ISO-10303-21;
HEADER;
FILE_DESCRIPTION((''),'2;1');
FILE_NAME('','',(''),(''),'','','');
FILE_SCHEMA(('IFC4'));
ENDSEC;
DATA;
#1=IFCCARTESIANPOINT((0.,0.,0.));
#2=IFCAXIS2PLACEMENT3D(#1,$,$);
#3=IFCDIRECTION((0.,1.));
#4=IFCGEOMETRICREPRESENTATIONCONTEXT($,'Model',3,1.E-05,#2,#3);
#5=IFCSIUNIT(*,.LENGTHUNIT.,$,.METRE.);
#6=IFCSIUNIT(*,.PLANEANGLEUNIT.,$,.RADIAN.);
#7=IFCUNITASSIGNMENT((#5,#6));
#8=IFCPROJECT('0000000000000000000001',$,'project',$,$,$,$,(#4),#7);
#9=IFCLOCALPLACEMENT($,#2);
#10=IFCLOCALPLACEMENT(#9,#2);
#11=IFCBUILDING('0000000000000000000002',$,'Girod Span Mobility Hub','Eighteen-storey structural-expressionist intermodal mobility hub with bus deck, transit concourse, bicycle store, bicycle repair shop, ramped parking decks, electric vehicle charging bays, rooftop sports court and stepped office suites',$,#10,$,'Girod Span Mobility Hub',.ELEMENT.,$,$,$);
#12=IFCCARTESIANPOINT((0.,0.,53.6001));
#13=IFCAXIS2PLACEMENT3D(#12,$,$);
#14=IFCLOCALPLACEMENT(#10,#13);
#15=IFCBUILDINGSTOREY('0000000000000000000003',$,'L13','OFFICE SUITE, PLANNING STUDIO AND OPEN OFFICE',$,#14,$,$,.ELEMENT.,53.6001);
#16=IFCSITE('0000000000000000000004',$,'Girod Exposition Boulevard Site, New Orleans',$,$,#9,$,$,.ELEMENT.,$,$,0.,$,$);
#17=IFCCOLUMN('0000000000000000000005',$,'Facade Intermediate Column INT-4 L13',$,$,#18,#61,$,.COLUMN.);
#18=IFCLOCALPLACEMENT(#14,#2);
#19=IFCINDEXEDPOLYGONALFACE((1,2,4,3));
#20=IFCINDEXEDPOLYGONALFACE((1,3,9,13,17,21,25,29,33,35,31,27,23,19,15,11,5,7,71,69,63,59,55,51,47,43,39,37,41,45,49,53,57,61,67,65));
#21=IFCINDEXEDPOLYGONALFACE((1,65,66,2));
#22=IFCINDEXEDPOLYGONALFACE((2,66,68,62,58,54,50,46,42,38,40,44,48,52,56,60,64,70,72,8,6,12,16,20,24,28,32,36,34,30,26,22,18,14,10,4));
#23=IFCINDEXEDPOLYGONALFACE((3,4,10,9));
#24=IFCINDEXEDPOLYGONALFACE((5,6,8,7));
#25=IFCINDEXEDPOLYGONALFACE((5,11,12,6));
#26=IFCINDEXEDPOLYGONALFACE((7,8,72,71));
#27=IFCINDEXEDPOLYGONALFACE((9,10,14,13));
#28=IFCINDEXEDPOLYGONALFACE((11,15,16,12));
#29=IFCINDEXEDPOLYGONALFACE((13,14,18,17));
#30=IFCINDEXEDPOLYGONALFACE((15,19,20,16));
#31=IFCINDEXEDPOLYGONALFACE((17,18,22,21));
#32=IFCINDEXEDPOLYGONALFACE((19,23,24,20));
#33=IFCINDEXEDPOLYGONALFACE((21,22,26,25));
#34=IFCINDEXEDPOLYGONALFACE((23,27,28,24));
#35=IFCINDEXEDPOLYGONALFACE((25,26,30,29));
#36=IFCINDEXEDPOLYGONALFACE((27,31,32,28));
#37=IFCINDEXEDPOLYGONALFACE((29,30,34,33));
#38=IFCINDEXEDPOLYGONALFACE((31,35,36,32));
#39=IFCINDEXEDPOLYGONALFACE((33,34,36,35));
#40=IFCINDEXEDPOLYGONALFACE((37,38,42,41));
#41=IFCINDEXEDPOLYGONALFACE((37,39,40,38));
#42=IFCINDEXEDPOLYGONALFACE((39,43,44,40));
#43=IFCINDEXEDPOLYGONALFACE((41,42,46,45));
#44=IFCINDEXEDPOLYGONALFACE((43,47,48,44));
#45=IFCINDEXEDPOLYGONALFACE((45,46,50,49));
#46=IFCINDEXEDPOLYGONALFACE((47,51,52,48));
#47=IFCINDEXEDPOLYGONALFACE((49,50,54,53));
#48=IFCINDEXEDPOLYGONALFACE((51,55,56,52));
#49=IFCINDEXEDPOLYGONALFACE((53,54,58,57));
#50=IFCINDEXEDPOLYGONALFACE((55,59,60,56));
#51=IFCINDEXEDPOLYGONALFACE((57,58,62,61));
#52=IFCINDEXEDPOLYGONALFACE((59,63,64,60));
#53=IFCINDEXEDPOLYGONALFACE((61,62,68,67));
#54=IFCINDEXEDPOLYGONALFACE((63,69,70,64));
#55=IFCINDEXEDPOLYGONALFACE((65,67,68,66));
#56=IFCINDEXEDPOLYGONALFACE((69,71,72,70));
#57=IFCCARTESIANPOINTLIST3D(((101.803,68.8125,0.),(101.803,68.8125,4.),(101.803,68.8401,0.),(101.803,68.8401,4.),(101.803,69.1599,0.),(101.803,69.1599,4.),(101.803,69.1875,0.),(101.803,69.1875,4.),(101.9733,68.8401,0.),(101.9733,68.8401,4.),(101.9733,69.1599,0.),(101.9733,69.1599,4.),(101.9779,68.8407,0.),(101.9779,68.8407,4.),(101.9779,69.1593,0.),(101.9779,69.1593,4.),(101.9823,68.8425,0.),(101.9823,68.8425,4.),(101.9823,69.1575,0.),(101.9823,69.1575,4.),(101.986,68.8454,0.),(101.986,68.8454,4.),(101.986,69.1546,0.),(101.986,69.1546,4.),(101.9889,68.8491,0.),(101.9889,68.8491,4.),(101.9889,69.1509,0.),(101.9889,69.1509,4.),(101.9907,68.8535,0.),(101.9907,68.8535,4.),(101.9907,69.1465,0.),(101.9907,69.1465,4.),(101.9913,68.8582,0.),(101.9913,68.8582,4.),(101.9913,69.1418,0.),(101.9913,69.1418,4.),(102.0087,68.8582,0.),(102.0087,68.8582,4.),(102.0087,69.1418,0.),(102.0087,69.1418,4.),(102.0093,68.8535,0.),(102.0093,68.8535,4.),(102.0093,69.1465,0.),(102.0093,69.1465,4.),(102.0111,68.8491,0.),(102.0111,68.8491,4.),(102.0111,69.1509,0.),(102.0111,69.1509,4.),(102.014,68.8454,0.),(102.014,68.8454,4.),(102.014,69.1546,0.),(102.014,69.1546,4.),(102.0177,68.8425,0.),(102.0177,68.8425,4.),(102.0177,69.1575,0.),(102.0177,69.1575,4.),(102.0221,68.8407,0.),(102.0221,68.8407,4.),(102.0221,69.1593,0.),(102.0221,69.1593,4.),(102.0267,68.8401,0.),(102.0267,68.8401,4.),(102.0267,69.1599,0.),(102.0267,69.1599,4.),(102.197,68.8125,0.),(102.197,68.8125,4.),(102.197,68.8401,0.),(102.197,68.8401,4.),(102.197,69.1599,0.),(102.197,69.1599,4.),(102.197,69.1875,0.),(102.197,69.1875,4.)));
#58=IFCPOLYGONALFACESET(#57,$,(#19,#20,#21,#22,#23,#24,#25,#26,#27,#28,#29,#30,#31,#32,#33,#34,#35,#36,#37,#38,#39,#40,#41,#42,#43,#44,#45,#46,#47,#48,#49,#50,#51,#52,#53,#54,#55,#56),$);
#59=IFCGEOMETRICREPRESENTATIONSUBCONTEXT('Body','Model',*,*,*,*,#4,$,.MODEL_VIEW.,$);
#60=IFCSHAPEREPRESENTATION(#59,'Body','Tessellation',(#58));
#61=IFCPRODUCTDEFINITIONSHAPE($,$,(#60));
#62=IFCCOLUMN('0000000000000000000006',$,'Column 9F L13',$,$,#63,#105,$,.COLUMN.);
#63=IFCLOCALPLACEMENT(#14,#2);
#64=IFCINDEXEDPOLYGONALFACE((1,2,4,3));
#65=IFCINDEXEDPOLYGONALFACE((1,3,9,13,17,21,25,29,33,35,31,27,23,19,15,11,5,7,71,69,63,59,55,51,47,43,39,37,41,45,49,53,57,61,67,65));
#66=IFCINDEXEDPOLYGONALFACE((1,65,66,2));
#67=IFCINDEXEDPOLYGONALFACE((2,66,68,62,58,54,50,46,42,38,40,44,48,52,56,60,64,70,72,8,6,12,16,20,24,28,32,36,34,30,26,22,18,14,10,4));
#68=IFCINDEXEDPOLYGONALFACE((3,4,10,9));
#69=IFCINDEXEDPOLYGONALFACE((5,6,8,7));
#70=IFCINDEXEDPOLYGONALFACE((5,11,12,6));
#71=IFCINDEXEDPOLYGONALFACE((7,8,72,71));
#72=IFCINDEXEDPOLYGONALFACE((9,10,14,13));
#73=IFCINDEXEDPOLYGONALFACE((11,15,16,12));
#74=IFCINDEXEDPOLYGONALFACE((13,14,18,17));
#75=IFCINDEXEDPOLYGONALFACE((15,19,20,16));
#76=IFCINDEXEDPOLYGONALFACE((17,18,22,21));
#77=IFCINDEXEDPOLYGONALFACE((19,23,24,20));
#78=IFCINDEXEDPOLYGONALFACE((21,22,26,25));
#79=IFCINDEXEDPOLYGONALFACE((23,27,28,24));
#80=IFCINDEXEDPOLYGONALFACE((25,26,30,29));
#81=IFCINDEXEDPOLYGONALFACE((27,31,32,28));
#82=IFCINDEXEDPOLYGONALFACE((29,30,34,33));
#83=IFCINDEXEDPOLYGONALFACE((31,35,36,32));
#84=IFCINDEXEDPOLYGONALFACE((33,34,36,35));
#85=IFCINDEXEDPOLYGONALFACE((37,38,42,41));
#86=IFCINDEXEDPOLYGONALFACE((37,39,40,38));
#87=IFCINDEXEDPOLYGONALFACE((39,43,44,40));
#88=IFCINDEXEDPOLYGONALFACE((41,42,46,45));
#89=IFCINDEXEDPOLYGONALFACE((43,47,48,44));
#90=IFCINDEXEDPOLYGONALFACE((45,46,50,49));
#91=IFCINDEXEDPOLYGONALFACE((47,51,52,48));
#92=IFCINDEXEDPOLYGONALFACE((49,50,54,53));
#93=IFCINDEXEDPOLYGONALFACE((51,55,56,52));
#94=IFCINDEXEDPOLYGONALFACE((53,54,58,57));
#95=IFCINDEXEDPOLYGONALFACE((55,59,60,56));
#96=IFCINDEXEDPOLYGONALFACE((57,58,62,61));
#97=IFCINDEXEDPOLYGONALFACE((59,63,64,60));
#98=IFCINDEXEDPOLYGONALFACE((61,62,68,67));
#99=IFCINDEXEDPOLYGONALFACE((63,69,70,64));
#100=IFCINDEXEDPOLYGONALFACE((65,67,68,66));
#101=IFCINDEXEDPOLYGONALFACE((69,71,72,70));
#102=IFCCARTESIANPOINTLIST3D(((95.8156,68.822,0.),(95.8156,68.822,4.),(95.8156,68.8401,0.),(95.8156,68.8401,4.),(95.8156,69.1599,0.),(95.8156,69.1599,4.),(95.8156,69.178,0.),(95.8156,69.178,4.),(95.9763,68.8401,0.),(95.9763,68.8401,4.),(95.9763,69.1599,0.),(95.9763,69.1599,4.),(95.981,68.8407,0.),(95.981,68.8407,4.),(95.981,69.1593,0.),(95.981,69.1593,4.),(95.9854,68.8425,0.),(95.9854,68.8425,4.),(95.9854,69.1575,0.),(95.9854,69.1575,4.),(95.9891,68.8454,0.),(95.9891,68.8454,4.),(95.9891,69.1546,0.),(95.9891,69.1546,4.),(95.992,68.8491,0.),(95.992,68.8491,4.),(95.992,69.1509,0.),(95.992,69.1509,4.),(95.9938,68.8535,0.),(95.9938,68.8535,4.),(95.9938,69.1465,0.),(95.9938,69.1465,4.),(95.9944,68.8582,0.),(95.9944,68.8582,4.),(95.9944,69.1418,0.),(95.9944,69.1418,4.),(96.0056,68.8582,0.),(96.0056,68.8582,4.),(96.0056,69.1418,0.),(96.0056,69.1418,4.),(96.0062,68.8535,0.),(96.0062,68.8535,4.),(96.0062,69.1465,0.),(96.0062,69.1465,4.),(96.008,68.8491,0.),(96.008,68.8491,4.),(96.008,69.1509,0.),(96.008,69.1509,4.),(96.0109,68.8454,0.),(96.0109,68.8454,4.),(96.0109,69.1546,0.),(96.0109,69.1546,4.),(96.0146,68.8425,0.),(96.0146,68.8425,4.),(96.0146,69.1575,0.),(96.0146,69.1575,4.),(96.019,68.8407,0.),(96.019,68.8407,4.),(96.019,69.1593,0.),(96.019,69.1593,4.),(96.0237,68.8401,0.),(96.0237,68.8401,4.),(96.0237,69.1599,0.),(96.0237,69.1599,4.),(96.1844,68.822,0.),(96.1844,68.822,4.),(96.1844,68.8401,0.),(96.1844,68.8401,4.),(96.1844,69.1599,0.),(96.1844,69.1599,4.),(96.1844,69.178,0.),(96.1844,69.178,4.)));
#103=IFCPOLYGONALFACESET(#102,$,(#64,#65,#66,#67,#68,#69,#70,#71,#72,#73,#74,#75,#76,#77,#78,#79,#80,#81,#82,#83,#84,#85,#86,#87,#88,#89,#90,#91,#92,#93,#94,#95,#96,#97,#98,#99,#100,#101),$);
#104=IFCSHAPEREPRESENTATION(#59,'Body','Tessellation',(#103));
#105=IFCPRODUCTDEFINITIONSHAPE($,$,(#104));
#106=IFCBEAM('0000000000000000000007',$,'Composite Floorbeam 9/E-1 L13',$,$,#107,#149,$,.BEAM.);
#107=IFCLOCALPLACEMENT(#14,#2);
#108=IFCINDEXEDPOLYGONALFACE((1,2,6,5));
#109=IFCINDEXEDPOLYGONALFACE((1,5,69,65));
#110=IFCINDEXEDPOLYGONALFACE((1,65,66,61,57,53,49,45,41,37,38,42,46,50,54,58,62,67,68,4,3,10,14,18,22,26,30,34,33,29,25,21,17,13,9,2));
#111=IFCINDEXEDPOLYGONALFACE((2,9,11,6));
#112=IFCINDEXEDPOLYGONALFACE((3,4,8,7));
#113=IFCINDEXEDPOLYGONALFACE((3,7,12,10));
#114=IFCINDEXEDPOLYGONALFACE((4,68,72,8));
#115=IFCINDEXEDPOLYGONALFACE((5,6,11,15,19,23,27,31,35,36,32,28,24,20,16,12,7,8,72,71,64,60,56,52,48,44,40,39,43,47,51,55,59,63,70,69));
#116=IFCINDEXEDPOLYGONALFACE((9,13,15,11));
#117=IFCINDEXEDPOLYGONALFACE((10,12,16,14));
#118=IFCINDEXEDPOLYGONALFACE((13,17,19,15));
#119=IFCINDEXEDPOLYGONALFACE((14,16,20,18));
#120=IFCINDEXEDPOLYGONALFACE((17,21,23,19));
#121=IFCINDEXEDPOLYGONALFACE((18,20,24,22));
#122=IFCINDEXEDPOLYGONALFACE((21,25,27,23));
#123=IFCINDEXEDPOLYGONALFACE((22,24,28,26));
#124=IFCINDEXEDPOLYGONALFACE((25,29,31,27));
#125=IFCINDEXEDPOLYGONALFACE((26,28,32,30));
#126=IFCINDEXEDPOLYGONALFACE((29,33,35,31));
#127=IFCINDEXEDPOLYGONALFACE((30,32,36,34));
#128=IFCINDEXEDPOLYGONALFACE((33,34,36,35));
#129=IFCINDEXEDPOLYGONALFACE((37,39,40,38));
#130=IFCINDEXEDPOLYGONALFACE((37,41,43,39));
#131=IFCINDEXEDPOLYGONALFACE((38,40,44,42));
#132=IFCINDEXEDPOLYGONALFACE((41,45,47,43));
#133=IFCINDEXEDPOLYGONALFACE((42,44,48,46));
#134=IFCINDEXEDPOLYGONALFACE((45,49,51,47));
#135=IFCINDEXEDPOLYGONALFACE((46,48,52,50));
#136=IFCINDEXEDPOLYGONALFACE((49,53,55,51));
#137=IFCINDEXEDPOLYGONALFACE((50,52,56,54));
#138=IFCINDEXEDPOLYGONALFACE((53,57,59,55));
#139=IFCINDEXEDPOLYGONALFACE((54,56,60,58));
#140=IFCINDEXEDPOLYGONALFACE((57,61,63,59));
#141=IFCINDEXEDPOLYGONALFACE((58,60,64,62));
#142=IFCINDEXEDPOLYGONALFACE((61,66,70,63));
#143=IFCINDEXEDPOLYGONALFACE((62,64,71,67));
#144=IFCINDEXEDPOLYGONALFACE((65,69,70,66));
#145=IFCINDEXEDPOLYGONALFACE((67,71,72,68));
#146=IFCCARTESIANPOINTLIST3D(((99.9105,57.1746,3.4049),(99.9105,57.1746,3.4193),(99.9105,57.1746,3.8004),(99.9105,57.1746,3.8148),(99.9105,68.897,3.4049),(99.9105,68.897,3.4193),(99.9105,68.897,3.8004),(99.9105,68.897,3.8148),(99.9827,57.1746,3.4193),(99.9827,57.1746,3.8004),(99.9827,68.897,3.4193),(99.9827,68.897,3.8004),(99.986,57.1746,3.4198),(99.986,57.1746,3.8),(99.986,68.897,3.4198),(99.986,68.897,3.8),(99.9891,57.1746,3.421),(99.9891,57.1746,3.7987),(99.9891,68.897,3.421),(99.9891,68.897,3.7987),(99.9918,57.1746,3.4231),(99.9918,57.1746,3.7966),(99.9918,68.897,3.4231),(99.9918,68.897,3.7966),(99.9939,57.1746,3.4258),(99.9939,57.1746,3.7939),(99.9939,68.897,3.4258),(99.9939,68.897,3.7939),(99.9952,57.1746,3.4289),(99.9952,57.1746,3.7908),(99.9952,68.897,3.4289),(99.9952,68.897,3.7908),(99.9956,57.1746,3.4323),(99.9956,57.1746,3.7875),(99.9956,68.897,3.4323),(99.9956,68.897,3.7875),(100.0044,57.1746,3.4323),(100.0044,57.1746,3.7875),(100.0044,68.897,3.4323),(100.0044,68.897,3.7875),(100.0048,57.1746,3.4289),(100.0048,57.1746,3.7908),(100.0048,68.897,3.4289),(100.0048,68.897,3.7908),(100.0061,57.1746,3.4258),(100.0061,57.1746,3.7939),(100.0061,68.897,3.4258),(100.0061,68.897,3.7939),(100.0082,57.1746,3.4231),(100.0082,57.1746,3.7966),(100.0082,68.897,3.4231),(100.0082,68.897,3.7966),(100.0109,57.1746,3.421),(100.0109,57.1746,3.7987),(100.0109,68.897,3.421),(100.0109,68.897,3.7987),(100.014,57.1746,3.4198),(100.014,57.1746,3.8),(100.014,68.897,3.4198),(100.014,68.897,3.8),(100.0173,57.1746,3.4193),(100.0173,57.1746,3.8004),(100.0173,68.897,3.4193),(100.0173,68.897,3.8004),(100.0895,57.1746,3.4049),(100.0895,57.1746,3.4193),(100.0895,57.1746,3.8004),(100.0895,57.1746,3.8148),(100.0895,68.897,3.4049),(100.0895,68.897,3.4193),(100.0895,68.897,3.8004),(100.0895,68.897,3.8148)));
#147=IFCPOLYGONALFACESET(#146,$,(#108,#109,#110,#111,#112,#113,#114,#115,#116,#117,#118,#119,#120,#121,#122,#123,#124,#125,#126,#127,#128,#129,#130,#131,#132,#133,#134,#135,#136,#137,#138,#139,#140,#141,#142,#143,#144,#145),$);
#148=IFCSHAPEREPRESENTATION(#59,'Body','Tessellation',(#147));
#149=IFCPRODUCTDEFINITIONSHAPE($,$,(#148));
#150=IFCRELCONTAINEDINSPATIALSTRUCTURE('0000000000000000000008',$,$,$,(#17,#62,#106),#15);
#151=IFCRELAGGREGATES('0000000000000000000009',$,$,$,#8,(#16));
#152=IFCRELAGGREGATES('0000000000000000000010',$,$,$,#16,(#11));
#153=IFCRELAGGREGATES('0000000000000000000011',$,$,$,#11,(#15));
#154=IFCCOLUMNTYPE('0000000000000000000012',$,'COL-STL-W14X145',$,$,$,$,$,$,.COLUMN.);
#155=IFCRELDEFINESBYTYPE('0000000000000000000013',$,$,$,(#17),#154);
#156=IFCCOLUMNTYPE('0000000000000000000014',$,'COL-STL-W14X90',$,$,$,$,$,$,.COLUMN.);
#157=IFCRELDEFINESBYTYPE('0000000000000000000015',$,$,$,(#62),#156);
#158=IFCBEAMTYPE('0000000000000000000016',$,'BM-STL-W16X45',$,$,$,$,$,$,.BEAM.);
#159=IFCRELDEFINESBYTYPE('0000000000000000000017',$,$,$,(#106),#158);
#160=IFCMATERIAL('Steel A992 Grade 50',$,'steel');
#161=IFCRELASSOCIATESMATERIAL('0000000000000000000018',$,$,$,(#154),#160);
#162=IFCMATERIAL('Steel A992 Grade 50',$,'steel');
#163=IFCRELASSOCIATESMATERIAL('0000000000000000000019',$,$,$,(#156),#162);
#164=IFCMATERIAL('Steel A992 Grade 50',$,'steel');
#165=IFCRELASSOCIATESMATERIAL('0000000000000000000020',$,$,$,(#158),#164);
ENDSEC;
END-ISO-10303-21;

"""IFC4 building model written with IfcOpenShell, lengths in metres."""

from ifc_helpers import new_model, si_unit, direction, frame, origin, origin_2d, place, context, subcontext, project, spatial, i_section, extrude, material, material_profile, profile_set, type_object, element, save


model = new_model("IFC4")

# Units and contexts
model_context = context("Model", 3, precision=1e-05, world=origin(), true_north=direction((0.0, 1.0)))
body_context = subcontext(model_context, "Body", "Model", "MODEL_VIEW")
ifc_project = project(units=[si_unit("LENGTHUNIT", "METRE"), si_unit("PLANEANGLEUNIT", "RADIAN")], contexts=[model_context])

# Site, building, storey
site_placement = place(None, origin())
site = spatial("IfcSite", under=ifc_project, at=site_placement, Name="Girod Exposition Boulevard Site, New Orleans", CompositionType="ELEMENT", RefElevation=0.0)
building_placement = place(site_placement, origin())
building = spatial("IfcBuilding", under=site, at=building_placement, Name="Girod Span Mobility Hub", Description="Eighteen-storey structural-expressionist intermodal mobility hub with bus deck, transit concourse, bicycle store, bicycle repair shop, ramped parking decks, electric vehicle charging bays, rooftop sports court and stepped office suites", LongName="Girod Span Mobility Hub", CompositionType="ELEMENT")
storey_placement = place(building_placement, frame((0.0, 0.0, 53.6001)))
storey = spatial("IfcBuildingStorey", under=building, at=storey_placement, Name="L13", Description="OFFICE SUITE, PLANNING STUDIO AND OPEN OFFICE", CompositionType="ELEMENT", Elevation=53.6001)

# Columns
ifc_material_1 = material(Name="Steel A992 Grade 50", Category="steel")
ifc_material_profile_1 = material_profile(ifc_material_1, i_section(OverallWidth=0.394, OverallDepth=0.375, WebThickness=0.0173, FlangeThickness=0.0276, FilletRadius=0.0181, at=origin_2d()), Name="W14X145")
ifc_profile_set_1 = profile_set([ifc_material_profile_1], Name="Steel A992 Grade 50")
column_type_1 = type_object("IfcColumnType", Name="COL-STL-W14X145", PredefinedType="COLUMN", material=ifc_profile_set_1)
column_1_placement = place(storey_placement, frame((102.0, 69.0, 0.0), z_axis=(0.0, 0.0, 1.0), x_axis=(1.0, 0.0, 0.0)))
element("IfcColumn", 1, at=column_1_placement, inside=storey, type_object=column_type_1, Name="Facade Intermediate Column INT-4 L13", PredefinedType="COLUMN", context=body_context, shape_type="SweptSolid", body=[
    extrude(i_section(OverallWidth=0.394, OverallDepth=0.375, WebThickness=0.0173, FlangeThickness=0.0276, FilletRadius=0.0181, at=origin_2d()), origin(), (0.0, 0.0, 1.0), 4.0),
])
ifc_material_2 = material(Name="Steel A992 Grade 50", Category="steel")
ifc_material_profile_2 = material_profile(ifc_material_2, i_section(OverallWidth=0.3689, OverallDepth=0.356, WebThickness=0.0112, FlangeThickness=0.0181, FilletRadius=0.0181, at=origin_2d()), Name="W14X90")
ifc_profile_set_2 = profile_set([ifc_material_profile_2], Name="Steel A992 Grade 50")
column_type_2 = type_object("IfcColumnType", Name="COL-STL-W14X90", PredefinedType="COLUMN", material=ifc_profile_set_2)
column_2_placement = place(storey_placement, frame((96.0, 69.0, 0.0), z_axis=(0.0, 0.0, 1.0), x_axis=(1.0, 0.0, 0.0)))
element("IfcColumn", 2, at=column_2_placement, inside=storey, type_object=column_type_2, Name="Column 9F L13", PredefinedType="COLUMN", context=body_context, shape_type="SweptSolid", body=[
    extrude(i_section(OverallWidth=0.3689, OverallDepth=0.356, WebThickness=0.0112, FlangeThickness=0.0181, FilletRadius=0.0181, at=origin_2d()), origin(), (0.0, 0.0, 1.0), 4.0),
])

# Beam
ifc_material_3 = material(Name="Steel A992 Grade 50", Category="steel")
ifc_material_profile_3 = material_profile(ifc_material_3, i_section(OverallWidth=0.179, OverallDepth=0.4099, WebThickness=0.0088, FlangeThickness=0.0144, FilletRadius=0.0129, at=origin_2d()), Name="W16X45")
ifc_profile_set_3 = profile_set([ifc_material_profile_3], Name="Steel A992 Grade 50")
beam_type_1 = type_object("IfcBeamType", Name="BM-STL-W16X45", PredefinedType="BEAM", material=ifc_profile_set_3)
beam_1_placement = place(storey_placement, frame((100.0, 57.1746, 3.6099), z_axis=(0.0, 1.0, 0.0), x_axis=(-1.0, 0.0, 0.0)))
element("IfcBeam", 3, at=beam_1_placement, inside=storey, type_object=beam_type_1, Name="Composite Floorbeam 9/E-1 L13", PredefinedType="BEAM", context=body_context, shape_type="SweptSolid", body=[
    extrude(i_section(OverallWidth=0.179, OverallDepth=0.4099, WebThickness=0.0088, FlangeThickness=0.0144, FilletRadius=0.0129, at=origin_2d()), origin(), (0.0, 0.0, 1.0), 11.7224),
])

save(model, "model.ifc")
